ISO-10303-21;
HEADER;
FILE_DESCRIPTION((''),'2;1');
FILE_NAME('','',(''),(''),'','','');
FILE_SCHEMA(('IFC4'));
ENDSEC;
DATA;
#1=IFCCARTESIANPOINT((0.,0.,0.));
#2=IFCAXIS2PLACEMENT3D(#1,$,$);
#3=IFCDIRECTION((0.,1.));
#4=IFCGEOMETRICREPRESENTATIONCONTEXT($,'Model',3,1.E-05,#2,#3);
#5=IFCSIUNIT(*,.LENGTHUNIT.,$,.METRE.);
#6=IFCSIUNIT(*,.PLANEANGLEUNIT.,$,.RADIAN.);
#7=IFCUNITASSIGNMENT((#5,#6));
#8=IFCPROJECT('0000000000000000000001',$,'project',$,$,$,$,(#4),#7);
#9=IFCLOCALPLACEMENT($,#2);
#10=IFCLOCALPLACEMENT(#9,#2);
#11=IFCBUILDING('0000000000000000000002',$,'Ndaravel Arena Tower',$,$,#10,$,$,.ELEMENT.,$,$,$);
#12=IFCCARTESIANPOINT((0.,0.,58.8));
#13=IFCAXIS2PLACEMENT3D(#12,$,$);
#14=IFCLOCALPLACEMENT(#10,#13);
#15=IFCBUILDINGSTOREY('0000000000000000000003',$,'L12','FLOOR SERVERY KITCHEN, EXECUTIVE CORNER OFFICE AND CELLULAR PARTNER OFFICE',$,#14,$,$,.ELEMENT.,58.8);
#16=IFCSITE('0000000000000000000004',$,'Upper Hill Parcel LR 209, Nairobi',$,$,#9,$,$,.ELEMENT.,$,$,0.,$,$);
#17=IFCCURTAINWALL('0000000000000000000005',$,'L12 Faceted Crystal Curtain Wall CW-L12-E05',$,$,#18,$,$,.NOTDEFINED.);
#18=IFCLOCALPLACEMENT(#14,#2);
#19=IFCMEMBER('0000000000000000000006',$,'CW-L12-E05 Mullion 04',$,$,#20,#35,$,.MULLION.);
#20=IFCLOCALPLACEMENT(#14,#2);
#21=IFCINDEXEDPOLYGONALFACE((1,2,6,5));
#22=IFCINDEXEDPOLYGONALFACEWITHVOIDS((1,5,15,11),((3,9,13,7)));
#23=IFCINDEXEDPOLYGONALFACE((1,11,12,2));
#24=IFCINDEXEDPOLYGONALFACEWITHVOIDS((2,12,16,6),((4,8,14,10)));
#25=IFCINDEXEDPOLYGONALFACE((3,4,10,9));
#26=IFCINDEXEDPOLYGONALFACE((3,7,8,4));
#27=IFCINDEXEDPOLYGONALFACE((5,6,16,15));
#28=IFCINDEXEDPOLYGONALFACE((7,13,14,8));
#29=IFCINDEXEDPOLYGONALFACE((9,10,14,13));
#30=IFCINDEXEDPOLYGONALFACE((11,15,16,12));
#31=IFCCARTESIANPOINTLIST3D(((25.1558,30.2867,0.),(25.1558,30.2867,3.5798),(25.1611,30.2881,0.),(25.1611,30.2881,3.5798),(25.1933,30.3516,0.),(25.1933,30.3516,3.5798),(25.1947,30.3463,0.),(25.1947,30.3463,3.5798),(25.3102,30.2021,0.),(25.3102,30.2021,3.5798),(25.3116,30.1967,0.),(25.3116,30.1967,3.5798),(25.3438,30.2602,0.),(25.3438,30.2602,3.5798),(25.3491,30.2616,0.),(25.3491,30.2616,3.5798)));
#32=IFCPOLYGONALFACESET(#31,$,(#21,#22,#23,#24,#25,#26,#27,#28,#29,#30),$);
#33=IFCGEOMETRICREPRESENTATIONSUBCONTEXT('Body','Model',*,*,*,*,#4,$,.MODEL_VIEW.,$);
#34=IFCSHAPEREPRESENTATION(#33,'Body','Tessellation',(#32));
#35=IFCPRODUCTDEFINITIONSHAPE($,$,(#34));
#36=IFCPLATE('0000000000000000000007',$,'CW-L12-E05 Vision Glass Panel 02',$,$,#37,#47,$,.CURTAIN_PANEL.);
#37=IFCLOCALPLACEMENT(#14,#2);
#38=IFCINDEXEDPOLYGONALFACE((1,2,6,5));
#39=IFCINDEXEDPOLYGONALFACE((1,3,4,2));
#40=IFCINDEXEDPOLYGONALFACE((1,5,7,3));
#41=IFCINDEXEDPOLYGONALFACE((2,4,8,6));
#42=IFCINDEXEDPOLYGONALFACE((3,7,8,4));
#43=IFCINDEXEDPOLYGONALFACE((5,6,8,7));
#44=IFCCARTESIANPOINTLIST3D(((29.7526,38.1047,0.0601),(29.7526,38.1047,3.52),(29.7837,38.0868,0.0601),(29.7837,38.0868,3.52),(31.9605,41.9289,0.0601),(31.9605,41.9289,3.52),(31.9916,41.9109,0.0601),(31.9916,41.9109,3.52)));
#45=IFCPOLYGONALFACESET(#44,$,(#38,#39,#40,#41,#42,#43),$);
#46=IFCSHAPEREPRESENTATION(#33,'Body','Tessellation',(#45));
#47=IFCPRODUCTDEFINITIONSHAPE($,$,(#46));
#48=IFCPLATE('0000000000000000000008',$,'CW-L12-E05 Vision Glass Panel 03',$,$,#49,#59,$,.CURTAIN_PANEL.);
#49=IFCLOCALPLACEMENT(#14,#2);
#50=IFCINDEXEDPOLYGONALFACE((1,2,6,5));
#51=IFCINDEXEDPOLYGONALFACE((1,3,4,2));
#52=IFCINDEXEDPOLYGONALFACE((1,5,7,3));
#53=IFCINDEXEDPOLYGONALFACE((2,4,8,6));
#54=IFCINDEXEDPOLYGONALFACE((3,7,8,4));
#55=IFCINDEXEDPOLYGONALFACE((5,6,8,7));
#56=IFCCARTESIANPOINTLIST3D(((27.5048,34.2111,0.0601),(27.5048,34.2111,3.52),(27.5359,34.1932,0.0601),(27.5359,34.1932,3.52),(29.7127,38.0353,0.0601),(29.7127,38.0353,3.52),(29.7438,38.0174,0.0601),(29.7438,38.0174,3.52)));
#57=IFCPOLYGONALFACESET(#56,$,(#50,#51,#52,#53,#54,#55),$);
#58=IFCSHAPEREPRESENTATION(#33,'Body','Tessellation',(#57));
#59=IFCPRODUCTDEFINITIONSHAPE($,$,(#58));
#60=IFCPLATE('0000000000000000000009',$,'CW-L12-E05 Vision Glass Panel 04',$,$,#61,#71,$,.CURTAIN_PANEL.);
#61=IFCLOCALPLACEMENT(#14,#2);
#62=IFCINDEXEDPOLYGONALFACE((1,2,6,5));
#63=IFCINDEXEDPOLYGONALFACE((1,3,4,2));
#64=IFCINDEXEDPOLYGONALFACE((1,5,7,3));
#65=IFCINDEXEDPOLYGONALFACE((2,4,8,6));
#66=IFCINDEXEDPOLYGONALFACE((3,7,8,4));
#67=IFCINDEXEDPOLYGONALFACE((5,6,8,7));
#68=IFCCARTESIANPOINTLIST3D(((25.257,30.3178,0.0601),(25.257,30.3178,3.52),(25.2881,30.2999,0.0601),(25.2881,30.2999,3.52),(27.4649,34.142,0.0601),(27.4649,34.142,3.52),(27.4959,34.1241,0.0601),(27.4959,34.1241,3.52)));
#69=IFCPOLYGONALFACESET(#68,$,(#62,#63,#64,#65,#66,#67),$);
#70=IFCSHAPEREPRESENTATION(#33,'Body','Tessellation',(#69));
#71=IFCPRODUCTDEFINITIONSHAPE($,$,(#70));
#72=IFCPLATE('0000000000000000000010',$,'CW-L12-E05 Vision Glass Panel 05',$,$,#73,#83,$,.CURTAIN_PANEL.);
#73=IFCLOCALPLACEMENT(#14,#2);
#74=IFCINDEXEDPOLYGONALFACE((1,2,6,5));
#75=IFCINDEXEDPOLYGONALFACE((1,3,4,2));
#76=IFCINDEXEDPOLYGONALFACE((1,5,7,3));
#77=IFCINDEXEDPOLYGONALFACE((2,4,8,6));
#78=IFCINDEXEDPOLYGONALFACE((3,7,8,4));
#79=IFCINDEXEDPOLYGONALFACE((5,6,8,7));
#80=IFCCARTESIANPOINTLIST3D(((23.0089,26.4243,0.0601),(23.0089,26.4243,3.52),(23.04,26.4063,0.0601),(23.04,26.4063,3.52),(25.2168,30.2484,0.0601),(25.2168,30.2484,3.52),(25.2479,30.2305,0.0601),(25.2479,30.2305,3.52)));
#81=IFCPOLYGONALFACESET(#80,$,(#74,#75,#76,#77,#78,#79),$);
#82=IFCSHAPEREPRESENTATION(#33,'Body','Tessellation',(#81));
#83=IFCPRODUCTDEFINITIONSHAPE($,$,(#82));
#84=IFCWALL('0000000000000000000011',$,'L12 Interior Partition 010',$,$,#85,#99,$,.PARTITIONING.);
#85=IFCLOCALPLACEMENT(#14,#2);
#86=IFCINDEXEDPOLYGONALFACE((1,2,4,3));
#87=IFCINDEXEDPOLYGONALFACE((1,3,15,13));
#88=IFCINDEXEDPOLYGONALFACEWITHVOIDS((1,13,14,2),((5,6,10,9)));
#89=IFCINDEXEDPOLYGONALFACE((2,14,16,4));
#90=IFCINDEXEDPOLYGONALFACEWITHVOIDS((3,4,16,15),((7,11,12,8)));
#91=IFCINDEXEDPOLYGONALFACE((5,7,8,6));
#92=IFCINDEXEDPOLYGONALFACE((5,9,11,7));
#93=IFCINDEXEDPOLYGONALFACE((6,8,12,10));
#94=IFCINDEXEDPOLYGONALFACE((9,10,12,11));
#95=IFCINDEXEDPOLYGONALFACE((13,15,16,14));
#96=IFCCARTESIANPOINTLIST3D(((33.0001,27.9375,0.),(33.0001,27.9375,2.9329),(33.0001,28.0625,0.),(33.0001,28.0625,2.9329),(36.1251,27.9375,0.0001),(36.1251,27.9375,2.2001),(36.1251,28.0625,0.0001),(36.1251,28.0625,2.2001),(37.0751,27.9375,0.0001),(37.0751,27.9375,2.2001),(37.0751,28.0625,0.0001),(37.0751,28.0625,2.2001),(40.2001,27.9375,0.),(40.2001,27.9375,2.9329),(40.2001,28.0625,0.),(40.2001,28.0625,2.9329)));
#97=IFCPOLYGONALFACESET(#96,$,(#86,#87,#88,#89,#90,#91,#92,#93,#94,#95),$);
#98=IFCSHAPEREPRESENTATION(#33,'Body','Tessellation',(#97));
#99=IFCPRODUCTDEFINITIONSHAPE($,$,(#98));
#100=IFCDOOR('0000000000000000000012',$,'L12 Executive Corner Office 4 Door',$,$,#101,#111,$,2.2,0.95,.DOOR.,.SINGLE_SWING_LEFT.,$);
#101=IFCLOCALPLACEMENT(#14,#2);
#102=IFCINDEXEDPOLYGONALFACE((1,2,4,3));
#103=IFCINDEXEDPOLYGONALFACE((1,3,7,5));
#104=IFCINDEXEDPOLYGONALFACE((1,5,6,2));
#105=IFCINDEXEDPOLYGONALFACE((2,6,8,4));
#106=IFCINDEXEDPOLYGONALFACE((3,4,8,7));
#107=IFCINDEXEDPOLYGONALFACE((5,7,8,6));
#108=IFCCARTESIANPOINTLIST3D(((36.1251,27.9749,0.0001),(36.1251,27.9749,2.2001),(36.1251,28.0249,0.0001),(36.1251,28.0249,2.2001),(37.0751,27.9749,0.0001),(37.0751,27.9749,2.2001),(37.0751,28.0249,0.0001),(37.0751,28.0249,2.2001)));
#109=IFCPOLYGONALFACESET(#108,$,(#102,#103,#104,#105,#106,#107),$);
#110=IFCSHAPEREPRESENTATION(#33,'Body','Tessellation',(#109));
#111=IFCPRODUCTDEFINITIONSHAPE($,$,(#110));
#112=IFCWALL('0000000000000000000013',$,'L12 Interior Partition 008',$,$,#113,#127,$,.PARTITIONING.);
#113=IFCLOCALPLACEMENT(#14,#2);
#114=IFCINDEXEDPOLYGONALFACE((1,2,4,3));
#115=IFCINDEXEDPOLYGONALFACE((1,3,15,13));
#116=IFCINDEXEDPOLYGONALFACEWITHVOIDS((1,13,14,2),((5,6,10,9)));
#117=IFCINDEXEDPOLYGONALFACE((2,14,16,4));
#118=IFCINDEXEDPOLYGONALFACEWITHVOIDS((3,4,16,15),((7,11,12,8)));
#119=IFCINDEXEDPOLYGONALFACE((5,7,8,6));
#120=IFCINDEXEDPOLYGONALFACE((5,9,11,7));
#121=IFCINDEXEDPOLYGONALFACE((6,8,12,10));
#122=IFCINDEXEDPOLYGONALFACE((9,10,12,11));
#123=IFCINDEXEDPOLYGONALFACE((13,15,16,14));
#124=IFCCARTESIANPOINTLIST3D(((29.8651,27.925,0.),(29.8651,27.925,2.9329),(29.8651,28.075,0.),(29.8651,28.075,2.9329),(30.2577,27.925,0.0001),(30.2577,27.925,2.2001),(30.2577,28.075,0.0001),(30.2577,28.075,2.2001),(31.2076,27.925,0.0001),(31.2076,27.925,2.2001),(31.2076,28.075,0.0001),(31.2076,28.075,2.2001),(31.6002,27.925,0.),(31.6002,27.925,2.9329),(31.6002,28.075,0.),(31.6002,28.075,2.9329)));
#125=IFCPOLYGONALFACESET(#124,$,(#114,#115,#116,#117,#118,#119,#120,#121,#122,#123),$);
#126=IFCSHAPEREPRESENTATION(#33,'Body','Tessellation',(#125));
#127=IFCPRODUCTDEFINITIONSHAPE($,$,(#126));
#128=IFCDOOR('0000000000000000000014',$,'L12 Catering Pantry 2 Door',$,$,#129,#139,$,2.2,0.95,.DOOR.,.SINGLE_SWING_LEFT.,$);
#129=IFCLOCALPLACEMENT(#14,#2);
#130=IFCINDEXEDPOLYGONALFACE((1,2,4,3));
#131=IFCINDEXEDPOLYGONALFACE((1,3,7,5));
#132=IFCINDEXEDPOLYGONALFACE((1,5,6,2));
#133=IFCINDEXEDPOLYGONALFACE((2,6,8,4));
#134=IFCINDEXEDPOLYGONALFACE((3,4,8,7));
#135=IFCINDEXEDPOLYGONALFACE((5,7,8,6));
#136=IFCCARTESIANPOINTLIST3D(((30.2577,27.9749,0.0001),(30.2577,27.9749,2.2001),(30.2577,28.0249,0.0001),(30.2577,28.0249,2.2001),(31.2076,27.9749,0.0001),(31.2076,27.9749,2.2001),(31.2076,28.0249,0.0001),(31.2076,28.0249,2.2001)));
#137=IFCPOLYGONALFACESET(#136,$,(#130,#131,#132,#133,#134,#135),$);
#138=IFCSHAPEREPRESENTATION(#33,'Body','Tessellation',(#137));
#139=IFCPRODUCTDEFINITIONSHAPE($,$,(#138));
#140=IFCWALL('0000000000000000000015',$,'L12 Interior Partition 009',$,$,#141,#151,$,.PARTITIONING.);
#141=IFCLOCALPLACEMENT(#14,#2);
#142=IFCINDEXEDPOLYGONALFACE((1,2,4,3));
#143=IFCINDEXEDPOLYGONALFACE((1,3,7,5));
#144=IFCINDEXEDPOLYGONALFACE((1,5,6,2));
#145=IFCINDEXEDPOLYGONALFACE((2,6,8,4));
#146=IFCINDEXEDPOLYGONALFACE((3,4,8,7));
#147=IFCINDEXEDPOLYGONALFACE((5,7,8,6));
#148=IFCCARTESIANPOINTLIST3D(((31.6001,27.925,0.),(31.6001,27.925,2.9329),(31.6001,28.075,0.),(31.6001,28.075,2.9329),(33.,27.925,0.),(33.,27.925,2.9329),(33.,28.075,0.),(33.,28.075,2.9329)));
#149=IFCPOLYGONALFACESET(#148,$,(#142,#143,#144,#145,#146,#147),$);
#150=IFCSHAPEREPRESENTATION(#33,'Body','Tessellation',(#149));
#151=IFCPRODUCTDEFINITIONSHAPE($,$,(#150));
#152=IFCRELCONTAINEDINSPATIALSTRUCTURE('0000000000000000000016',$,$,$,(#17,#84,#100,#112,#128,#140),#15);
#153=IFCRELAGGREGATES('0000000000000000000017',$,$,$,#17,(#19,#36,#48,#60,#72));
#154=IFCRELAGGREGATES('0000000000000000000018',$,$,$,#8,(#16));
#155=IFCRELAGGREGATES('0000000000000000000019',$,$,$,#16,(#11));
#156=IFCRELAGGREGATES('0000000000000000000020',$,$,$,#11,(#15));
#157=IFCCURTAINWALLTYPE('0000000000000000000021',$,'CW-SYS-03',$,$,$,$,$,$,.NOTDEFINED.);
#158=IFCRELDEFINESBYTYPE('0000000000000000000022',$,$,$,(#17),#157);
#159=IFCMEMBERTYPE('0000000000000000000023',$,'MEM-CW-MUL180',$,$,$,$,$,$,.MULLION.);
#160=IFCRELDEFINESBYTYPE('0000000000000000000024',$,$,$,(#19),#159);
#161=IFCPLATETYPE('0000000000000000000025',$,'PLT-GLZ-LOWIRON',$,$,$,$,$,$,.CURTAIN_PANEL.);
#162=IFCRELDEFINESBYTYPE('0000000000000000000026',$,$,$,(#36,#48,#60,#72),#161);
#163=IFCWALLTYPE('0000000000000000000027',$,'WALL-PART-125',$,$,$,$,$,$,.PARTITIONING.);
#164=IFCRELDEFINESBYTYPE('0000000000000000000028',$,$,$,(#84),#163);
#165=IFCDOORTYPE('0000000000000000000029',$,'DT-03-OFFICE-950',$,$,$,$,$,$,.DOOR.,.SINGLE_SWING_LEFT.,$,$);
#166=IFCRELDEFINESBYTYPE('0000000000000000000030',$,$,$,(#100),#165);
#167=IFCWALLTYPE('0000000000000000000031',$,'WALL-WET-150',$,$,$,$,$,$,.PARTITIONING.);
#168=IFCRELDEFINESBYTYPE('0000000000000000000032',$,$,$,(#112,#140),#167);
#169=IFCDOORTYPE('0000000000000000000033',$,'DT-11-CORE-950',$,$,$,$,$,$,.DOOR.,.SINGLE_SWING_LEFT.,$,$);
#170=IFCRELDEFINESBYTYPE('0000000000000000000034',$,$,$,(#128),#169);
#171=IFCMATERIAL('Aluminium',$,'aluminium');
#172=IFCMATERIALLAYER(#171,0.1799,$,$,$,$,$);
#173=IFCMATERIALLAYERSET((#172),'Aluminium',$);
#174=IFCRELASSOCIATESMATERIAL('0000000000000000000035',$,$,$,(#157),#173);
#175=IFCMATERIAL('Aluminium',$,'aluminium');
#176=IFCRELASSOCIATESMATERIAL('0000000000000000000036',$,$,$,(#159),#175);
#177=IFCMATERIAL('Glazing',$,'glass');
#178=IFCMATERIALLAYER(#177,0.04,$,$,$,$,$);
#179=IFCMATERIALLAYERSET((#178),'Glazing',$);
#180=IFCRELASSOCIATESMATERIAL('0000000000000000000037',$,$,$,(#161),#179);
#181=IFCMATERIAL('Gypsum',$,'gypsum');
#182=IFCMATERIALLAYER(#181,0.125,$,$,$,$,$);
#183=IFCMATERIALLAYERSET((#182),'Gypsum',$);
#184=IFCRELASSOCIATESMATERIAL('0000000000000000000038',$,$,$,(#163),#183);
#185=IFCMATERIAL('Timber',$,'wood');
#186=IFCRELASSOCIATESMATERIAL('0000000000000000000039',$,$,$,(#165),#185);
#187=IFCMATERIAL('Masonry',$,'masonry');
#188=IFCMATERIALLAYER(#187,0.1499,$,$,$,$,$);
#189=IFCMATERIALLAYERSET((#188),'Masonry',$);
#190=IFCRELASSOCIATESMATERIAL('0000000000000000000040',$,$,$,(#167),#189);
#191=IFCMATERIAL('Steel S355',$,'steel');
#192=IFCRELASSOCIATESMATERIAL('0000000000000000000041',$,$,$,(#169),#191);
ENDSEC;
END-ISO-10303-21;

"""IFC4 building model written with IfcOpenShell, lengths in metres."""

from ifc_helpers import new_model, si_unit, direction, frame, frame_2d, origin, origin_2d, place, context, subcontext, project, spatial, rectangle, hollow_rectangle, extrude, material, layer, layer_set, material_profile, profile_set, type_object, element, fill, aggregate, save


model = new_model("IFC4")

# Units and contexts
model_context = context("Model", 3, precision=1e-05, world=origin(), true_north=direction((0.0, 1.0)))
body_context = subcontext(model_context, "Body", "Model", "MODEL_VIEW")
ifc_project = project(units=[si_unit("LENGTHUNIT", "METRE"), si_unit("PLANEANGLEUNIT", "RADIAN")], contexts=[model_context])

# Site, building, storey
site_placement = place(None, origin())
site = spatial("IfcSite", under=ifc_project, at=site_placement, Name="Upper Hill Parcel LR 209, Nairobi", CompositionType="ELEMENT", RefElevation=0.0)
building_placement = place(site_placement, origin())
building = spatial("IfcBuilding", under=site, at=building_placement, Name="Ndaravel Arena Tower", CompositionType="ELEMENT")
storey_placement = place(building_placement, frame((0.0, 0.0, 58.8)))
storey = spatial("IfcBuildingStorey", under=building, at=storey_placement, Name="L12", Description="FLOOR SERVERY KITCHEN, EXECUTIVE CORNER OFFICE AND CELLULAR PARTNER OFFICE", CompositionType="ELEMENT", Elevation=58.8)

# Curtain wall, member, plates
ifc_material_1 = material(Name="Aluminium", Category="aluminium")
ifc_layer_1 = layer(ifc_material_1, 0.1799)
ifc_layer_set_1 = layer_set([ifc_layer_1], Name="Aluminium")
curtain_wall_type = type_object("IfcCurtainWallType", Name="CW-SYS-03", PredefinedType="NOTDEFINED", material=ifc_layer_set_1)
curtain_wall_placement = place(storey_placement, origin())
curtain_wall = element("IfcCurtainWall", 1, at=curtain_wall_placement, inside=storey, type_object=curtain_wall_type, Name="L12 Faceted Crystal Curtain Wall CW-L12-E05", PredefinedType="NOTDEFINED")
ifc_material_2 = material(Name="Aluminium", Category="aluminium")
ifc_material_profile_1 = material_profile(ifc_material_2, hollow_rectangle(XDim=0.075, YDim=0.1799, WallThickness=0.0039, at=origin_2d()), Name="CW MULLION 75x180x4")
ifc_profile_set_1 = profile_set([ifc_material_profile_1], Name="Aluminium")
member_type = type_object("IfcMemberType", Name="MEM-CW-MUL180", PredefinedType="MULLION", material=ifc_profile_set_1)
member_1_placement = place(storey_placement, frame((25.2524, 30.2742, 0.0), z_axis=(0.0, 0.0, 1.0), x_axis=(-0.5, -0.866025, 0.0)))
member_1 = element("IfcMember", 2, at=member_1_placement, type_object=member_type, Name="CW-L12-E05 Mullion 04", PredefinedType="MULLION", context=body_context, shape_type="SweptSolid", body=[
    extrude(hollow_rectangle(XDim=0.075, YDim=0.1799, WallThickness=0.0039, at=origin_2d()), origin(), (0.0, 0.0, 1.0), 3.5798),
])
ifc_material_3 = material(Name="Glazing", Category="glass")
ifc_layer_2 = layer(ifc_material_3, 0.04)
ifc_layer_set_2 = layer_set([ifc_layer_2], Name="Glazing")
plate_type = type_object("IfcPlateType", Name="PLT-GLZ-LOWIRON", PredefinedType="CURTAIN_PANEL", material=ifc_layer_set_2)
plate_1_placement = place(storey_placement, frame((30.8721, 40.0078, 0.0601), z_axis=(0.0, 0.0, 1.0), x_axis=(-0.5, -0.866025, 0.0)))
plate_1 = element("IfcPlate", 3, at=plate_1_placement, type_object=plate_type, Name="CW-L12-E05 Vision Glass Panel 02", PredefinedType="CURTAIN_PANEL", context=body_context, shape_type="SweptSolid", body=[
    extrude(rectangle(XDim=4.4158, YDim=0.0359, at=origin_2d()), origin(), (0.0, 0.0, 1.0), 3.46),
])
plate_2_placement = place(storey_placement, frame((28.6243, 36.1143, 0.0601), z_axis=(0.0, 0.0, 1.0), x_axis=(-0.5, -0.866025, 0.0)))
plate_2 = element("IfcPlate", 4, at=plate_2_placement, type_object=plate_type, Name="CW-L12-E05 Vision Glass Panel 03", PredefinedType="CURTAIN_PANEL", context=body_context, shape_type="SweptSolid", body=[
    extrude(rectangle(XDim=4.4158, YDim=0.0359, at=origin_2d()), origin(), (0.0, 0.0, 1.0), 3.46),
])
plate_3_placement = place(storey_placement, frame((26.3765, 32.2209, 0.0601), z_axis=(0.0, 0.0, 1.0), x_axis=(-0.5, -0.866025, 0.0)))
plate_3 = element("IfcPlate", 5, at=plate_3_placement, type_object=plate_type, Name="CW-L12-E05 Vision Glass Panel 04", PredefinedType="CURTAIN_PANEL", context=body_context, shape_type="SweptSolid", body=[
    extrude(rectangle(XDim=4.4158, YDim=0.0359, at=origin_2d()), origin(), (0.0, 0.0, 1.0), 3.46),
])
plate_4_placement = place(storey_placement, frame((24.1284, 28.3274, 0.0601), z_axis=(0.0, 0.0, 1.0), x_axis=(-0.5, -0.866025, 0.0)))
plate_4 = element("IfcPlate", 6, at=plate_4_placement, type_object=plate_type, Name="CW-L12-E05 Vision Glass Panel 05", PredefinedType="CURTAIN_PANEL", context=body_context, shape_type="SweptSolid", body=[
    extrude(rectangle(XDim=4.4158, YDim=0.0359, at=origin_2d()), origin(), (0.0, 0.0, 1.0), 3.46),
])
aggregate(curtain_wall, [member_1, plate_1, plate_2, plate_3, plate_4])

# Walls, openings, doors
ifc_material_4 = material(Name="Gypsum", Category="gypsum")
ifc_layer_3 = layer(ifc_material_4, 0.125)
ifc_layer_set_3 = layer_set([ifc_layer_3], Name="Gypsum")
wall_type_1 = type_object("IfcWallType", Name="WALL-PART-125", PredefinedType="PARTITIONING", material=ifc_layer_set_3)
wall_1_placement = place(storey_placement, frame((33.0, 28.0, 0.0), z_axis=(0.0, 0.0, 1.0), x_axis=(1.0, 0.0, 0.0)))
wall_1 = element("IfcWall", 7, at=wall_1_placement, inside=storey, type_object=wall_type_1, Name="L12 Interior Partition 010", PredefinedType="PARTITIONING", context=body_context, shape_type="SweptSolid", body=[
    extrude(rectangle(XDim=7.2, YDim=0.125, at=frame_2d((3.6001, 0.0))), origin(), (0.0, 0.0, 1.0), 2.9329),
])
opening_1_placement = place(wall_1_placement, frame((3.125, 0.0, 0.0)))
opening_1 = element("IfcOpeningElement", 8, at=opening_1_placement, cuts=wall_1, PredefinedType="OPENING", context=body_context, shape_type="SweptSolid", body=[
    extrude(rectangle(XDim=0.95, YDim=2.2, at=frame_2d((0.4751, 1.1001))), frame((0.0, 0.0625, 0.0), z_axis=(0.0, -1.0, 0.0), x_axis=(1.0, 0.0, 0.0)), (0.0, 0.0, 1.0), 0.125),
])
ifc_material_5 = material(Name="Timber", Category="wood")
door_type_1 = type_object("IfcDoorType", Name="DT-03-OFFICE-950", OperationType="SINGLE_SWING_LEFT", PredefinedType="DOOR", material=ifc_material_5)
door_1_placement = place(opening_1_placement, origin())
door_1 = element("IfcDoor", 9, at=door_1_placement, inside=storey, type_object=door_type_1, Name="L12 Executive Corner Office 4 Door", OperationType="SINGLE_SWING_LEFT", OverallHeight=2.2, OverallWidth=0.95, PredefinedType="DOOR", context=body_context, shape_type="SweptSolid", body=[
    extrude(rectangle(XDim=0.95, YDim=2.2, at=frame_2d((0.4751, 1.1001))), frame((0.0, 0.0249, 0.0), z_axis=(0.0, -1.0, 0.0), x_axis=(1.0, 0.0, 0.0)), (0.0, 0.0, 1.0), 0.05),
])
fill(opening_1, door_1)
ifc_material_6 = material(Name="Masonry", Category="masonry")
ifc_layer_4 = layer(ifc_material_6, 0.1499)
ifc_layer_set_4 = layer_set([ifc_layer_4], Name="Masonry")
wall_type_2 = type_object("IfcWallType", Name="WALL-WET-150", PredefinedType="PARTITIONING", material=ifc_layer_set_4)
wall_2_placement = place(storey_placement, frame((29.865, 28.0, 0.0), z_axis=(0.0, 0.0, 1.0), x_axis=(1.0, 0.0, 0.0)))
wall_2 = element("IfcWall", 10, at=wall_2_placement, inside=storey, type_object=wall_type_2, Name="L12 Interior Partition 008", PredefinedType="PARTITIONING", context=body_context, shape_type="SweptSolid", body=[
    extrude(rectangle(XDim=1.7351, YDim=0.1499, at=frame_2d((0.8677, 0.0))), origin(), (0.0, 0.0, 1.0), 2.9329),
])
opening_2_placement = place(wall_2_placement, frame((0.3926, 0.0, 0.0)))
opening_2 = element("IfcOpeningElement", 11, at=opening_2_placement, cuts=wall_2, PredefinedType="OPENING", context=body_context, shape_type="SweptSolid", body=[
    extrude(rectangle(XDim=0.95, YDim=2.2, at=frame_2d((0.4751, 1.1001))), frame((0.0, 0.075, 0.0), z_axis=(0.0, -1.0, 0.0), x_axis=(1.0, 0.0, 0.0)), (0.0, 0.0, 1.0), 0.1499),
])
ifc_material_7 = material(Name="Steel S355", Category="steel")
door_type_2 = type_object("IfcDoorType", Name="DT-11-CORE-950", OperationType="SINGLE_SWING_LEFT", PredefinedType="DOOR", material=ifc_material_7)
door_2_placement = place(opening_2_placement, origin())
door_2 = element("IfcDoor", 12, at=door_2_placement, inside=storey, type_object=door_type_2, Name="L12 Catering Pantry 2 Door", OperationType="SINGLE_SWING_LEFT", OverallHeight=2.2, OverallWidth=0.95, PredefinedType="DOOR", context=body_context, shape_type="SweptSolid", body=[
    extrude(rectangle(XDim=0.95, YDim=2.2, at=frame_2d((0.4751, 1.1001))), frame((0.0, 0.0249, 0.0), z_axis=(0.0, -1.0, 0.0), x_axis=(1.0, 0.0, 0.0)), (0.0, 0.0, 1.0), 0.05),
])
fill(opening_2, door_2)

# Wall
wall_3_placement = place(storey_placement, frame((31.6001, 28.0, 0.0), z_axis=(0.0, 0.0, 1.0), x_axis=(1.0, 0.0, 0.0)))
element("IfcWall", 13, at=wall_3_placement, inside=storey, type_object=wall_type_2, Name="L12 Interior Partition 009", PredefinedType="PARTITIONING", context=body_context, shape_type="SweptSolid", body=[
    extrude(rectangle(XDim=1.3999, YDim=0.1499, at=frame_2d((0.7, 0.0))), origin(), (0.0, 0.0, 1.0), 2.9329),
])

save(model, "model.ifc")
